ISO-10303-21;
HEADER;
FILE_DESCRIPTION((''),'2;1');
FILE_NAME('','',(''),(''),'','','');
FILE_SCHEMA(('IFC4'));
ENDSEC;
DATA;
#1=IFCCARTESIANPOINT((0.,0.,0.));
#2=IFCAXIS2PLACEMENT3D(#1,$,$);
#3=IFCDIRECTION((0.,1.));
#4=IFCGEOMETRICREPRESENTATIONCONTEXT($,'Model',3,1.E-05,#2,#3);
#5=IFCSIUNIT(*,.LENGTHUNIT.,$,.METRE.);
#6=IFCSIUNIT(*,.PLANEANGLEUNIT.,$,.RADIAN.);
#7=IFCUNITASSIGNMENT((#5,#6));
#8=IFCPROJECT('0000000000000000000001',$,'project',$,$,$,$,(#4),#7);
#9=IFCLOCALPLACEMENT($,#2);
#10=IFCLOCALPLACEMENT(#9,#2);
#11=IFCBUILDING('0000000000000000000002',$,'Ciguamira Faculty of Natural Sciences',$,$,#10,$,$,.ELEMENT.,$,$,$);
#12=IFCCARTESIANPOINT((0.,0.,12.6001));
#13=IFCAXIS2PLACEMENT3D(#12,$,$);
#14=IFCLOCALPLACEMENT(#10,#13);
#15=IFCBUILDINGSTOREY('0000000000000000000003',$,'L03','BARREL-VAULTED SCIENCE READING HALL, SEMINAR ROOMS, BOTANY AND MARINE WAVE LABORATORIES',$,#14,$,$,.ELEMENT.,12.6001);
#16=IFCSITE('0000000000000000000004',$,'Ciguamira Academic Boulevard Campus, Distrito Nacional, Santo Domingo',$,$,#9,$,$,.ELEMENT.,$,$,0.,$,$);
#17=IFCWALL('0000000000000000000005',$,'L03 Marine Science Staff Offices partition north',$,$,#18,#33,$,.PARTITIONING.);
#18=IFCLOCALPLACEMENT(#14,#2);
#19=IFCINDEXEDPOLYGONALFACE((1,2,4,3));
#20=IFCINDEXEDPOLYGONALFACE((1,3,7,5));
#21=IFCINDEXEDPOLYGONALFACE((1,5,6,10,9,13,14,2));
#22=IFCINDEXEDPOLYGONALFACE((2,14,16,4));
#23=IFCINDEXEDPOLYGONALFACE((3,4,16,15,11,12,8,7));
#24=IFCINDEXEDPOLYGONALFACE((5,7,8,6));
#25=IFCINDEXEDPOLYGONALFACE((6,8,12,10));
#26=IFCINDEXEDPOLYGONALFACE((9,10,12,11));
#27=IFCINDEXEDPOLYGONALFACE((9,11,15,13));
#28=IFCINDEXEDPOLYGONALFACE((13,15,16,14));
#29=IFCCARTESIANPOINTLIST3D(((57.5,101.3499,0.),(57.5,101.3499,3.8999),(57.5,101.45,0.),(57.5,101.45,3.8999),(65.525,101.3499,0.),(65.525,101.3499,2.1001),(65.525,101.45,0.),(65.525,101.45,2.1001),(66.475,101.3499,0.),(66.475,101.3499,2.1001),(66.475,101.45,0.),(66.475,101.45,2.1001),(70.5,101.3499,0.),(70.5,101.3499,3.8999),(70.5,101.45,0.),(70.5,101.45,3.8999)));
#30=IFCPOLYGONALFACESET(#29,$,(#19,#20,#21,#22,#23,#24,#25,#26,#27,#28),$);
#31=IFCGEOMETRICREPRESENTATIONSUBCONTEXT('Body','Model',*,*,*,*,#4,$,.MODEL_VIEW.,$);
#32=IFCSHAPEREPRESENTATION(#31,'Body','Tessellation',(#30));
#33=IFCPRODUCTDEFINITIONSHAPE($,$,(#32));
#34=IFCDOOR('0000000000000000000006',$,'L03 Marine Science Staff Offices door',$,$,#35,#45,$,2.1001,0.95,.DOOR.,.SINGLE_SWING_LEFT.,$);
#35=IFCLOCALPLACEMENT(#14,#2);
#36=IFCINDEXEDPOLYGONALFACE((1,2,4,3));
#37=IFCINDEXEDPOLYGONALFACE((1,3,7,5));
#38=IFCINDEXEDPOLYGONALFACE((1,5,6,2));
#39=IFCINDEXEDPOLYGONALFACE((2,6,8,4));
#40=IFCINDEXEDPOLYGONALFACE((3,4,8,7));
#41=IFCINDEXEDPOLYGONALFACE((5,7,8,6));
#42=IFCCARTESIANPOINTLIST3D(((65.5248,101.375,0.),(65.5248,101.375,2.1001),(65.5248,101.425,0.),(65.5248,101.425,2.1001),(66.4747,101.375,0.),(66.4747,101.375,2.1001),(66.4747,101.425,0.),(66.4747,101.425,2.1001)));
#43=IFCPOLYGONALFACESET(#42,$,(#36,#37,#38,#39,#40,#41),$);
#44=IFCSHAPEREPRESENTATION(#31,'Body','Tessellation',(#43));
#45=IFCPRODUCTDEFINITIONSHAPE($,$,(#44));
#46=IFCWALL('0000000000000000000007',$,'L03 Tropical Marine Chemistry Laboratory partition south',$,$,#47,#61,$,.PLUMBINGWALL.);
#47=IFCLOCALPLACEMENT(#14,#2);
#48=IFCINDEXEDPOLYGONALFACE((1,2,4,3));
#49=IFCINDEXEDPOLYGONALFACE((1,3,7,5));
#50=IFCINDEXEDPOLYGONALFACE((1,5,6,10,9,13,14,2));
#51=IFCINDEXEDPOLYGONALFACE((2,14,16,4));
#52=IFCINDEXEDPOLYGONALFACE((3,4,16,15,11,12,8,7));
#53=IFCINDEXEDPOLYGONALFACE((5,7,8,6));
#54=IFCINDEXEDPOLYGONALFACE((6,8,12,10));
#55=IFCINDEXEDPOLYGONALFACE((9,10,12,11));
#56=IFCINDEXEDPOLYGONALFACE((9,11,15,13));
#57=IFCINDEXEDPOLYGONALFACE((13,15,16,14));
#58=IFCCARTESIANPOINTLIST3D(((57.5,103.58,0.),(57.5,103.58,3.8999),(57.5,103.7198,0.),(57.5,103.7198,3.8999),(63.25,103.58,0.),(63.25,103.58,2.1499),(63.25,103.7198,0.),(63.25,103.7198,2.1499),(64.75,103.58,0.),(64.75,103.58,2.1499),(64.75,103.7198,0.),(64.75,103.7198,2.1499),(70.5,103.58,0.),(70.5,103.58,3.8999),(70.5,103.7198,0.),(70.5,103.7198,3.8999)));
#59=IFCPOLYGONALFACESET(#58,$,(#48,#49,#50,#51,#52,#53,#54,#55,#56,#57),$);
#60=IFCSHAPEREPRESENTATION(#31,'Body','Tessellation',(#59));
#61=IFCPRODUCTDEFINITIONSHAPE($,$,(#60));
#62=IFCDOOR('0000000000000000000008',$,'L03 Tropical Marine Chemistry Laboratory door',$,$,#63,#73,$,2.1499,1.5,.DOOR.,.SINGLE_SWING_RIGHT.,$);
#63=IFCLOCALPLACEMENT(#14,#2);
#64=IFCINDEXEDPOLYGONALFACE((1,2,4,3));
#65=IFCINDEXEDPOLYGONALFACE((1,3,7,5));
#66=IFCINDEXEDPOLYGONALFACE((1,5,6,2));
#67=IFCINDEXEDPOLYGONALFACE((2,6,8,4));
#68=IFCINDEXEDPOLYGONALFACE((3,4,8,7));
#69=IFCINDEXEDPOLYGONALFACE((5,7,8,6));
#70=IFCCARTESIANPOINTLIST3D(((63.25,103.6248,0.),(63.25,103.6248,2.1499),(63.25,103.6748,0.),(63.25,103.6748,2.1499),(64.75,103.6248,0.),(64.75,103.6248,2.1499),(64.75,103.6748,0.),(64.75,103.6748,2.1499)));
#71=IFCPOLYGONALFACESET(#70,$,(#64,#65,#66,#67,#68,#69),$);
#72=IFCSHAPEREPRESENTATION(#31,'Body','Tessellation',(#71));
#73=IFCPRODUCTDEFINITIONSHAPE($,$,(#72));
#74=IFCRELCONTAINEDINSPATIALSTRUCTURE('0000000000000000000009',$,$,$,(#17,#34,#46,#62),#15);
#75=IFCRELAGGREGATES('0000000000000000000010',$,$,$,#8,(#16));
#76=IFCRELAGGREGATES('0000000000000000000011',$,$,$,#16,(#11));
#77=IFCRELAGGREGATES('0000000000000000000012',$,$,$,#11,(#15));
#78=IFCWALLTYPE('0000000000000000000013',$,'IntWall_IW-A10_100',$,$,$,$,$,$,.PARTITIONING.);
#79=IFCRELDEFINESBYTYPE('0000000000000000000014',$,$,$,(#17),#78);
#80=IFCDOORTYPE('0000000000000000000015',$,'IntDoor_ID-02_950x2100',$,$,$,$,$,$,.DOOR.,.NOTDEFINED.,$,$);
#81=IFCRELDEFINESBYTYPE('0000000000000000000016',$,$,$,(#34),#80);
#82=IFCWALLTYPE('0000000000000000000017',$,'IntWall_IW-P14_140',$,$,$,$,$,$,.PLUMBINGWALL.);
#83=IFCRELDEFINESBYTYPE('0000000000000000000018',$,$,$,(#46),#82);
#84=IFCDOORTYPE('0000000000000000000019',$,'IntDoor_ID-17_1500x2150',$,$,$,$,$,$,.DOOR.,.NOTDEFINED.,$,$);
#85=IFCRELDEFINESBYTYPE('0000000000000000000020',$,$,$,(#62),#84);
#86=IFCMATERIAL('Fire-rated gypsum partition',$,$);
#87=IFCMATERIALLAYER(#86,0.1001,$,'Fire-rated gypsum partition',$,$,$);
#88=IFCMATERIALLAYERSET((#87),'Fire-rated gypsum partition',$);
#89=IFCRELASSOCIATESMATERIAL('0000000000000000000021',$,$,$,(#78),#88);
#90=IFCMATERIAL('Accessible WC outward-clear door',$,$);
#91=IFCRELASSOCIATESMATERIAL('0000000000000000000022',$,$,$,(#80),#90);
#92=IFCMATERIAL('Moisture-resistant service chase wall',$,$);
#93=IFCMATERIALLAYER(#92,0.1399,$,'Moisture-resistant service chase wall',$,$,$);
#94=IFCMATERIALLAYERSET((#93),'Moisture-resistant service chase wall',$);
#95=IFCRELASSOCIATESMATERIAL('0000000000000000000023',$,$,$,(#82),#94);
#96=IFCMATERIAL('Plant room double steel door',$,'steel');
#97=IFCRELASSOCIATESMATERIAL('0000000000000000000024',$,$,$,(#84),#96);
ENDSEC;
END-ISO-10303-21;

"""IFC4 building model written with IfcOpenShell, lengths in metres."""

from ifc_helpers import new_model, si_unit, direction, frame, frame_2d, origin, place, context, subcontext, project, spatial, rectangle, extrude, material, layer, layer_set, type_object, element, fill, save


model = new_model("IFC4")

# Units and contexts
model_context = context("Model", 3, precision=1e-05, world=origin(), true_north=direction((0.0, 1.0)))
body_context = subcontext(model_context, "Body", "Model", "MODEL_VIEW")
ifc_project = project(units=[si_unit("LENGTHUNIT", "METRE"), si_unit("PLANEANGLEUNIT", "RADIAN")], contexts=[model_context])

# Site, building, storey
site_placement = place(None, origin())
site = spatial("IfcSite", under=ifc_project, at=site_placement, Name="Ciguamira Academic Boulevard Campus, Distrito Nacional, Santo Domingo", CompositionType="ELEMENT", RefElevation=0.0)
building_placement = place(site_placement, origin())
building = spatial("IfcBuilding", under=site, at=building_placement, Name="Ciguamira Faculty of Natural Sciences", CompositionType="ELEMENT")
storey_placement = place(building_placement, frame((0.0, 0.0, 12.6001)))
storey = spatial("IfcBuildingStorey", under=building, at=storey_placement, Name="L03", Description="BARREL-VAULTED SCIENCE READING HALL, SEMINAR ROOMS, BOTANY AND MARINE WAVE LABORATORIES", CompositionType="ELEMENT", Elevation=12.6001)

# Walls, openings, doors
ifc_material_1 = material(Name="Fire-rated gypsum partition")
ifc_layer_1 = layer(ifc_material_1, 0.1001, Name="Fire-rated gypsum partition")
ifc_layer_set_1 = layer_set([ifc_layer_1], Name="Fire-rated gypsum partition")
wall_type_1 = type_object("IfcWallType", Name="IntWall_IW-A10_100", PredefinedType="PARTITIONING", material=ifc_layer_set_1)
wall_1_placement = place(storey_placement, frame((57.5, 101.3999, 0.0), z_axis=(0.0, 0.0, 1.0), x_axis=(1.0, 0.0, 0.0)))
wall_1 = element("IfcWall", 1, at=wall_1_placement, inside=storey, type_object=wall_type_1, Name="L03 Marine Science Staff Offices partition north", PredefinedType="PARTITIONING", context=body_context, shape_type="SweptSolid", body=[
    extrude(rectangle(XDim=13.0, YDim=0.1001, at=frame_2d((6.5, 0.0))), origin(), (0.0, 0.0, 1.0), 3.8999),
])
opening_1_placement = place(wall_1_placement, frame((8.0249, 0.0, 0.0)))
opening_1 = element("IfcOpeningElement", 2, at=opening_1_placement, cuts=wall_1, PredefinedType="OPENING", context=body_context, shape_type="SweptSolid", body=[
    extrude(rectangle(XDim=0.95, YDim=2.1001, at=frame_2d((0.4751, 1.05))), frame((0.0, 0.0601, 0.0), z_axis=(0.0, -1.0, 0.0), x_axis=(1.0, 0.0, 0.0)), (0.0, 0.0, 1.0), 0.1201),
])
ifc_material_2 = material(Name="Accessible WC outward-clear door")
door_type_1 = type_object("IfcDoorType", Name="IntDoor_ID-02_950x2100", OperationType="NOTDEFINED", PredefinedType="DOOR", material=ifc_material_2)
door_1_placement = place(opening_1_placement, frame((0.95, 0.0, 0.0), z_axis=(0.0, 0.0, 1.0), x_axis=(-1.0, 0.0, 0.0)))
door_1 = element("IfcDoor", 3, at=door_1_placement, inside=storey, type_object=door_type_1, Name="L03 Marine Science Staff Offices door", OperationType="SINGLE_SWING_LEFT", OverallHeight=2.1001, OverallWidth=0.95, PredefinedType="DOOR", context=body_context, shape_type="SweptSolid", body=[
    extrude(rectangle(XDim=0.95, YDim=2.1001, at=frame_2d((0.4751, 1.05))), frame((0.0, 0.0249, 0.0), z_axis=(0.0, -1.0, 0.0), x_axis=(1.0, 0.0, 0.0)), (0.0, 0.0, 1.0), 0.05),
])
fill(opening_1, door_1)
ifc_material_3 = material(Name="Moisture-resistant service chase wall")
ifc_layer_2 = layer(ifc_material_3, 0.1399, Name="Moisture-resistant service chase wall")
ifc_layer_set_2 = layer_set([ifc_layer_2], Name="Moisture-resistant service chase wall")
wall_type_2 = type_object("IfcWallType", Name="IntWall_IW-P14_140", PredefinedType="PLUMBINGWALL", material=ifc_layer_set_2)
wall_2_placement = place(storey_placement, frame((57.5, 103.6499, 0.0), z_axis=(0.0, 0.0, 1.0), x_axis=(1.0, 0.0, 0.0)))
wall_2 = element("IfcWall", 4, at=wall_2_placement, inside=storey, type_object=wall_type_2, Name="L03 Tropical Marine Chemistry Laboratory partition south", PredefinedType="PLUMBINGWALL", context=body_context, shape_type="SweptSolid", body=[
    extrude(rectangle(XDim=13.0, YDim=0.1399, at=frame_2d((6.5, 0.0))), origin(), (0.0, 0.0, 1.0), 3.8999),
])
opening_2_placement = place(wall_2_placement, frame((5.75, 0.0, 0.0)))
opening_2 = element("IfcOpeningElement", 5, at=opening_2_placement, cuts=wall_2, PredefinedType="OPENING", context=body_context, shape_type="SweptSolid", body=[
    extrude(rectangle(XDim=1.5, YDim=2.1499, at=frame_2d((0.75, 1.075))), frame((0.0, 0.0798, 0.0), z_axis=(0.0, -1.0, 0.0), x_axis=(1.0, 0.0, 0.0)), (0.0, 0.0, 1.0), 0.1599),
])
ifc_material_4 = material(Name="Plant room double steel door", Category="steel")
door_type_2 = type_object("IfcDoorType", Name="IntDoor_ID-17_1500x2150", OperationType="NOTDEFINED", PredefinedType="DOOR", material=ifc_material_4)
door_2_placement = place(opening_2_placement, origin())
door_2 = element("IfcDoor", 6, at=door_2_placement, inside=storey, type_object=door_type_2, Name="L03 Tropical Marine Chemistry Laboratory door", OperationType="SINGLE_SWING_RIGHT", OverallHeight=2.1499, OverallWidth=1.5, PredefinedType="DOOR", context=body_context, shape_type="SweptSolid", body=[
    extrude(rectangle(XDim=1.5, YDim=2.1499, at=frame_2d((0.75, 1.075))), frame((0.0, 0.0249, 0.0), z_axis=(0.0, -1.0, 0.0), x_axis=(1.0, 0.0, 0.0)), (0.0, 0.0, 1.0), 0.05),
])
fill(opening_2, door_2)

save(model, "model.ifc")
